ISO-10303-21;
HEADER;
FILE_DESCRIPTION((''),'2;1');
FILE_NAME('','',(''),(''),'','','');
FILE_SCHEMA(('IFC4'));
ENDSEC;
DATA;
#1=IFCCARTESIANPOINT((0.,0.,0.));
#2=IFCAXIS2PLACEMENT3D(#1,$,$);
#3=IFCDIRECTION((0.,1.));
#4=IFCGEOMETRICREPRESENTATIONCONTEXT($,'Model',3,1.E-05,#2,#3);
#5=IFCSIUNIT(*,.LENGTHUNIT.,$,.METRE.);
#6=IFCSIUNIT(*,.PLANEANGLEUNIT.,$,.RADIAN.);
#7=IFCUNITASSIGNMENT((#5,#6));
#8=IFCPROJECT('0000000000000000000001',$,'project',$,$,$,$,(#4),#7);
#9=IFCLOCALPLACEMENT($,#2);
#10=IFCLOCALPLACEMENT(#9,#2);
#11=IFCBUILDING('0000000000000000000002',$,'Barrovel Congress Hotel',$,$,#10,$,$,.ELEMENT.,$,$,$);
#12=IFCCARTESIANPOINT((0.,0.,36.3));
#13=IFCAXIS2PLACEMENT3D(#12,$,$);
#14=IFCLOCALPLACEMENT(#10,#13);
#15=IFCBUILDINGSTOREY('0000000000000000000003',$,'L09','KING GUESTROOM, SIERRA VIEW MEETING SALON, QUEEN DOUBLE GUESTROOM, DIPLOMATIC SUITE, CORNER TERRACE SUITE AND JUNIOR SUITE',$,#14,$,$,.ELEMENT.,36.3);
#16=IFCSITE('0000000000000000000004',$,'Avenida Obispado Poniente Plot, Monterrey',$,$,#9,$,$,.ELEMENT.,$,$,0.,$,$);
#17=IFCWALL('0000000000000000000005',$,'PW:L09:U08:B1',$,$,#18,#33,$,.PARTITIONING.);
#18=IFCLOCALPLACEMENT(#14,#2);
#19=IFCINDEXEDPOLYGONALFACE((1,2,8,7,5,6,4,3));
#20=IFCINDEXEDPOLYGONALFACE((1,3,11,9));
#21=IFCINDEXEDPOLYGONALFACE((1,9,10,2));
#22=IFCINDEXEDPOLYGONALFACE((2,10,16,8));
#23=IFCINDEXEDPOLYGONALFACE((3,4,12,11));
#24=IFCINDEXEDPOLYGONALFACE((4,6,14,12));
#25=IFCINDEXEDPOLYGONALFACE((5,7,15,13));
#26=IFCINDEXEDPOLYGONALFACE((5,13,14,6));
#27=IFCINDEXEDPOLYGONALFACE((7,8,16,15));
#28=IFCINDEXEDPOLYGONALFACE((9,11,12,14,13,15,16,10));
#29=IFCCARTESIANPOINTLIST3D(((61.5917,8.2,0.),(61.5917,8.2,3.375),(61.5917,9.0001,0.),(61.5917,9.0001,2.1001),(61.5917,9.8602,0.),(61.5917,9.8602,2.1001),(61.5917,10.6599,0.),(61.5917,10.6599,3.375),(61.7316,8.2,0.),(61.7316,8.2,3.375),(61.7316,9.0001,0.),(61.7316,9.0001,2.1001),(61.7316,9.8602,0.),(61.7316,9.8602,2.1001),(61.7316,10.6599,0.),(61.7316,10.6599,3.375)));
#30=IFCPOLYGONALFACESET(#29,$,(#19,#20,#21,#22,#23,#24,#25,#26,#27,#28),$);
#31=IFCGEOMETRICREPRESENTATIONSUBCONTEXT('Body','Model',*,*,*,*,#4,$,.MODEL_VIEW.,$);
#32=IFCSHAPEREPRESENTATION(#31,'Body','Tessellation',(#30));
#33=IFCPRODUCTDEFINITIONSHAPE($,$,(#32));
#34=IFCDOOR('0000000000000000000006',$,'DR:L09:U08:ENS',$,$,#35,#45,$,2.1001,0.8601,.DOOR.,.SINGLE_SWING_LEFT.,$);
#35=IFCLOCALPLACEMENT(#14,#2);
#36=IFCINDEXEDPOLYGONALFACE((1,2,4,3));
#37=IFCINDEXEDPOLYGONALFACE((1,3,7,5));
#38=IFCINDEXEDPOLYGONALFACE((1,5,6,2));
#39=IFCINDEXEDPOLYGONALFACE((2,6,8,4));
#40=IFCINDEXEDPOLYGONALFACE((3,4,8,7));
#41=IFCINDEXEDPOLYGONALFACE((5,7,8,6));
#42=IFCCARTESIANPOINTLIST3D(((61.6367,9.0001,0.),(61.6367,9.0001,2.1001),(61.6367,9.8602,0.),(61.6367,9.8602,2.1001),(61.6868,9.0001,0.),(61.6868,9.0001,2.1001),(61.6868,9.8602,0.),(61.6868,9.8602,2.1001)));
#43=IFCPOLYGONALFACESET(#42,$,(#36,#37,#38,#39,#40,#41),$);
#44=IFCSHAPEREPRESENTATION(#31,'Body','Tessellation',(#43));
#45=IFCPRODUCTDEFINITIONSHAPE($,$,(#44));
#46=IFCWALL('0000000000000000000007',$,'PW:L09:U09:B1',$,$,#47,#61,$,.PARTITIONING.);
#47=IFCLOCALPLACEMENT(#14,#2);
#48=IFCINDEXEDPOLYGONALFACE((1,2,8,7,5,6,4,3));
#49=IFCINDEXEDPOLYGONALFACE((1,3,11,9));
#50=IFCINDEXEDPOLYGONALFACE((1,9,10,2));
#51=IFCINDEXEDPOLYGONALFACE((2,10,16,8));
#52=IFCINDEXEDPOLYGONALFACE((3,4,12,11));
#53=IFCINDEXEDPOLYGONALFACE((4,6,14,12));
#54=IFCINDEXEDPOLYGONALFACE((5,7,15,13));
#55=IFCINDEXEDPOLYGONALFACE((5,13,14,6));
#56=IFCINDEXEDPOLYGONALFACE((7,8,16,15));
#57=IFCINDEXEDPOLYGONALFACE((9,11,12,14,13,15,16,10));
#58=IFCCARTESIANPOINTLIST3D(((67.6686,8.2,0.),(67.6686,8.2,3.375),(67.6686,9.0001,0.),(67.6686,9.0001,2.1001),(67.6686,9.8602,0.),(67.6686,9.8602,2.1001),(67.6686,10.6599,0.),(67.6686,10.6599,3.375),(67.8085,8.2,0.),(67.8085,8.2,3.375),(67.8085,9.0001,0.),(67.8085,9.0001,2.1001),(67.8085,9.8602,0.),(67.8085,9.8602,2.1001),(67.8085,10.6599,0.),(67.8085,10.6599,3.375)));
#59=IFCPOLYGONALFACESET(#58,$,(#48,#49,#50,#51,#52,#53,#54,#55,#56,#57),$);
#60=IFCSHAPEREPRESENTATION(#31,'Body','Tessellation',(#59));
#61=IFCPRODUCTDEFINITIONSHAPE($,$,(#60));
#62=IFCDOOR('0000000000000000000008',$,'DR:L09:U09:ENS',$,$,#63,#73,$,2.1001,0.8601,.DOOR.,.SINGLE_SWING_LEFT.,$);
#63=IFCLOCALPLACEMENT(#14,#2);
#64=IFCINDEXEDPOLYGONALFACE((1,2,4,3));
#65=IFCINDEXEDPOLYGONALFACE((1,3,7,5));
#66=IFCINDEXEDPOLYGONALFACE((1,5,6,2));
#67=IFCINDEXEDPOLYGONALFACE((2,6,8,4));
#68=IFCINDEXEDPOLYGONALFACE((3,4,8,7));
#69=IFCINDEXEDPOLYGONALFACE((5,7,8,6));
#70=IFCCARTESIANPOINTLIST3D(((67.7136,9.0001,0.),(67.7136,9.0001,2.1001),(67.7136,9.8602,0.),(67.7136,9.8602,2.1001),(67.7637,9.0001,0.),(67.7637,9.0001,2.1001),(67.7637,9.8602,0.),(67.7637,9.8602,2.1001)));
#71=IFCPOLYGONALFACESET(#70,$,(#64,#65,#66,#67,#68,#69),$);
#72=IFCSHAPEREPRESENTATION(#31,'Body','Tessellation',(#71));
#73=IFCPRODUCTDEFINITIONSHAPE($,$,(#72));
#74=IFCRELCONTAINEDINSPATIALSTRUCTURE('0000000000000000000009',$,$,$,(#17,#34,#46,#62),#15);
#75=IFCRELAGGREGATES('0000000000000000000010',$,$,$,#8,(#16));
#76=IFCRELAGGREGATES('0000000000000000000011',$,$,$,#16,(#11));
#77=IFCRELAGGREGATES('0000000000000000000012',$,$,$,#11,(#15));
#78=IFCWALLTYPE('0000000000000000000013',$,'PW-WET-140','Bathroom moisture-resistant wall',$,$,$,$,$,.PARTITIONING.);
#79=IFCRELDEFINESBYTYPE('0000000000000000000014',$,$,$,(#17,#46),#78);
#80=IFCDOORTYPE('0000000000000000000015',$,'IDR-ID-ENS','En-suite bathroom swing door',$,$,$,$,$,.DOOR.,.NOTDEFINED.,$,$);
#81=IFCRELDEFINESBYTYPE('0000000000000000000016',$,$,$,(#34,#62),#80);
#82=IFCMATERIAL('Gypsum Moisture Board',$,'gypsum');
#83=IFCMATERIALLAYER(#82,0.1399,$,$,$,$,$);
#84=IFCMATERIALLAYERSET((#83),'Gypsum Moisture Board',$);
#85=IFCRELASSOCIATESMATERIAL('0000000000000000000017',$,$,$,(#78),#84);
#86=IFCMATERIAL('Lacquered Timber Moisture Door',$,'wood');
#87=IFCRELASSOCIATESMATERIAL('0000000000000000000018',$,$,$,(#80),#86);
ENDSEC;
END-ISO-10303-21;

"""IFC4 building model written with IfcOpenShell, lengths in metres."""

from ifc_helpers import new_model, si_unit, direction, frame, frame_2d, origin, place, context, subcontext, project, spatial, rectangle, extrude, material, layer, layer_set, type_object, element, fill, save


model = new_model("IFC4")

# Units and contexts
model_context = context("Model", 3, precision=1e-05, world=origin(), true_north=direction((0.0, 1.0)))
body_context = subcontext(model_context, "Body", "Model", "MODEL_VIEW")
ifc_project = project(units=[si_unit("LENGTHUNIT", "METRE"), si_unit("PLANEANGLEUNIT", "RADIAN")], contexts=[model_context])

# Site, building, storey
site_placement = place(None, origin())
site = spatial("IfcSite", under=ifc_project, at=site_placement, Name="Avenida Obispado Poniente Plot, Monterrey", CompositionType="ELEMENT", RefElevation=0.0)
building_placement = place(site_placement, origin())
building = spatial("IfcBuilding", under=site, at=building_placement, Name="Barrovel Congress Hotel", CompositionType="ELEMENT")
storey_placement = place(building_placement, frame((0.0, 0.0, 36.3)))
storey = spatial("IfcBuildingStorey", under=building, at=storey_placement, Name="L09", Description="KING GUESTROOM, SIERRA VIEW MEETING SALON, QUEEN DOUBLE GUESTROOM, DIPLOMATIC SUITE, CORNER TERRACE SUITE AND JUNIOR SUITE", CompositionType="ELEMENT", Elevation=36.3)

# Walls, openings, doors
ifc_material_1 = material(Name="Gypsum Moisture Board", Category="gypsum")
ifc_layer_1 = layer(ifc_material_1, 0.1399)
ifc_layer_set_1 = layer_set([ifc_layer_1], Name="Gypsum Moisture Board")
wall_type_1 = type_object("IfcWallType", Name="PW-WET-140", Description="Bathroom moisture-resistant wall", PredefinedType="PARTITIONING", material=ifc_layer_set_1)
wall_1_placement = place(storey_placement, frame((61.6616, 8.2, 0.0), z_axis=(0.0, 0.0, 1.0), x_axis=(0.0, 1.0, 0.0)))
wall_1 = element("IfcWall", 1, at=wall_1_placement, inside=storey, type_object=wall_type_1, Name="PW:L09:U08:B1", PredefinedType="PARTITIONING", context=body_context, shape_type="SweptSolid", body=[
    extrude(rectangle(XDim=2.46, YDim=0.1399, at=frame_2d((1.23, 0.0))), origin(), (0.0, 0.0, 1.0), 3.375),
])
opening_1_placement = place(wall_1_placement, frame((0.8, 0.0, 0.0)))
opening_1 = element("IfcOpeningElement", 2, at=opening_1_placement, cuts=wall_1, PredefinedType="OPENING", context=body_context, shape_type="SweptSolid", body=[
    extrude(rectangle(XDim=0.8601, YDim=2.1001, at=frame_2d((0.4302, 1.05))), frame((0.0, 0.0801, 0.0), z_axis=(0.0, -1.0, 0.0), x_axis=(1.0, 0.0, 0.0)), (0.0, 0.0, 1.0), 0.1599),
])
ifc_material_2 = material(Name="Lacquered Timber Moisture Door", Category="wood")
door_type_1 = type_object("IfcDoorType", Name="IDR-ID-ENS", Description="En-suite bathroom swing door", OperationType="NOTDEFINED", PredefinedType="DOOR", material=ifc_material_2)
door_1_placement = place(opening_1_placement, origin())
door_1 = element("IfcDoor", 3, at=door_1_placement, inside=storey, type_object=door_type_1, Name="DR:L09:U08:ENS", OperationType="SINGLE_SWING_LEFT", OverallHeight=2.1001, OverallWidth=0.8601, PredefinedType="DOOR", context=body_context, shape_type="SweptSolid", body=[
    extrude(rectangle(XDim=0.8601, YDim=2.1001, at=frame_2d((0.4302, 1.05))), frame((0.0, 0.0249, 0.0), z_axis=(0.0, -1.0, 0.0), x_axis=(1.0, 0.0, 0.0)), (0.0, 0.0, 1.0), 0.05),
])
fill(opening_1, door_1)
wall_2_placement = place(storey_placement, frame((67.7385, 8.2, 0.0), z_axis=(0.0, 0.0, 1.0), x_axis=(0.0, 1.0, 0.0)))
wall_2 = element("IfcWall", 4, at=wall_2_placement, inside=storey, type_object=wall_type_1, Name="PW:L09:U09:B1", PredefinedType="PARTITIONING", context=body_context, shape_type="SweptSolid", body=[
    extrude(rectangle(XDim=2.46, YDim=0.1399, at=frame_2d((1.23, 0.0))), origin(), (0.0, 0.0, 1.0), 3.375),
])
opening_2_placement = place(wall_2_placement, frame((0.8, 0.0, 0.0)))
opening_2 = element("IfcOpeningElement", 5, at=opening_2_placement, cuts=wall_2, PredefinedType="OPENING", context=body_context, shape_type="SweptSolid", body=[
    extrude(rectangle(XDim=0.8601, YDim=2.1001, at=frame_2d((0.4302, 1.05))), frame((0.0, 0.0801, 0.0), z_axis=(0.0, -1.0, 0.0), x_axis=(1.0, 0.0, 0.0)), (0.0, 0.0, 1.0), 0.1599),
])
door_2_placement = place(opening_2_placement, origin())
door_2 = element("IfcDoor", 6, at=door_2_placement, inside=storey, type_object=door_type_1, Name="DR:L09:U09:ENS", OperationType="SINGLE_SWING_LEFT", OverallHeight=2.1001, OverallWidth=0.8601, PredefinedType="DOOR", context=body_context, shape_type="SweptSolid", body=[
    extrude(rectangle(XDim=0.8601, YDim=2.1001, at=frame_2d((0.4302, 1.05))), frame((0.0, 0.0249, 0.0), z_axis=(0.0, -1.0, 0.0), x_axis=(1.0, 0.0, 0.0)), (0.0, 0.0, 1.0), 0.05),
])
fill(opening_2, door_2)

save(model, "model.ifc")
